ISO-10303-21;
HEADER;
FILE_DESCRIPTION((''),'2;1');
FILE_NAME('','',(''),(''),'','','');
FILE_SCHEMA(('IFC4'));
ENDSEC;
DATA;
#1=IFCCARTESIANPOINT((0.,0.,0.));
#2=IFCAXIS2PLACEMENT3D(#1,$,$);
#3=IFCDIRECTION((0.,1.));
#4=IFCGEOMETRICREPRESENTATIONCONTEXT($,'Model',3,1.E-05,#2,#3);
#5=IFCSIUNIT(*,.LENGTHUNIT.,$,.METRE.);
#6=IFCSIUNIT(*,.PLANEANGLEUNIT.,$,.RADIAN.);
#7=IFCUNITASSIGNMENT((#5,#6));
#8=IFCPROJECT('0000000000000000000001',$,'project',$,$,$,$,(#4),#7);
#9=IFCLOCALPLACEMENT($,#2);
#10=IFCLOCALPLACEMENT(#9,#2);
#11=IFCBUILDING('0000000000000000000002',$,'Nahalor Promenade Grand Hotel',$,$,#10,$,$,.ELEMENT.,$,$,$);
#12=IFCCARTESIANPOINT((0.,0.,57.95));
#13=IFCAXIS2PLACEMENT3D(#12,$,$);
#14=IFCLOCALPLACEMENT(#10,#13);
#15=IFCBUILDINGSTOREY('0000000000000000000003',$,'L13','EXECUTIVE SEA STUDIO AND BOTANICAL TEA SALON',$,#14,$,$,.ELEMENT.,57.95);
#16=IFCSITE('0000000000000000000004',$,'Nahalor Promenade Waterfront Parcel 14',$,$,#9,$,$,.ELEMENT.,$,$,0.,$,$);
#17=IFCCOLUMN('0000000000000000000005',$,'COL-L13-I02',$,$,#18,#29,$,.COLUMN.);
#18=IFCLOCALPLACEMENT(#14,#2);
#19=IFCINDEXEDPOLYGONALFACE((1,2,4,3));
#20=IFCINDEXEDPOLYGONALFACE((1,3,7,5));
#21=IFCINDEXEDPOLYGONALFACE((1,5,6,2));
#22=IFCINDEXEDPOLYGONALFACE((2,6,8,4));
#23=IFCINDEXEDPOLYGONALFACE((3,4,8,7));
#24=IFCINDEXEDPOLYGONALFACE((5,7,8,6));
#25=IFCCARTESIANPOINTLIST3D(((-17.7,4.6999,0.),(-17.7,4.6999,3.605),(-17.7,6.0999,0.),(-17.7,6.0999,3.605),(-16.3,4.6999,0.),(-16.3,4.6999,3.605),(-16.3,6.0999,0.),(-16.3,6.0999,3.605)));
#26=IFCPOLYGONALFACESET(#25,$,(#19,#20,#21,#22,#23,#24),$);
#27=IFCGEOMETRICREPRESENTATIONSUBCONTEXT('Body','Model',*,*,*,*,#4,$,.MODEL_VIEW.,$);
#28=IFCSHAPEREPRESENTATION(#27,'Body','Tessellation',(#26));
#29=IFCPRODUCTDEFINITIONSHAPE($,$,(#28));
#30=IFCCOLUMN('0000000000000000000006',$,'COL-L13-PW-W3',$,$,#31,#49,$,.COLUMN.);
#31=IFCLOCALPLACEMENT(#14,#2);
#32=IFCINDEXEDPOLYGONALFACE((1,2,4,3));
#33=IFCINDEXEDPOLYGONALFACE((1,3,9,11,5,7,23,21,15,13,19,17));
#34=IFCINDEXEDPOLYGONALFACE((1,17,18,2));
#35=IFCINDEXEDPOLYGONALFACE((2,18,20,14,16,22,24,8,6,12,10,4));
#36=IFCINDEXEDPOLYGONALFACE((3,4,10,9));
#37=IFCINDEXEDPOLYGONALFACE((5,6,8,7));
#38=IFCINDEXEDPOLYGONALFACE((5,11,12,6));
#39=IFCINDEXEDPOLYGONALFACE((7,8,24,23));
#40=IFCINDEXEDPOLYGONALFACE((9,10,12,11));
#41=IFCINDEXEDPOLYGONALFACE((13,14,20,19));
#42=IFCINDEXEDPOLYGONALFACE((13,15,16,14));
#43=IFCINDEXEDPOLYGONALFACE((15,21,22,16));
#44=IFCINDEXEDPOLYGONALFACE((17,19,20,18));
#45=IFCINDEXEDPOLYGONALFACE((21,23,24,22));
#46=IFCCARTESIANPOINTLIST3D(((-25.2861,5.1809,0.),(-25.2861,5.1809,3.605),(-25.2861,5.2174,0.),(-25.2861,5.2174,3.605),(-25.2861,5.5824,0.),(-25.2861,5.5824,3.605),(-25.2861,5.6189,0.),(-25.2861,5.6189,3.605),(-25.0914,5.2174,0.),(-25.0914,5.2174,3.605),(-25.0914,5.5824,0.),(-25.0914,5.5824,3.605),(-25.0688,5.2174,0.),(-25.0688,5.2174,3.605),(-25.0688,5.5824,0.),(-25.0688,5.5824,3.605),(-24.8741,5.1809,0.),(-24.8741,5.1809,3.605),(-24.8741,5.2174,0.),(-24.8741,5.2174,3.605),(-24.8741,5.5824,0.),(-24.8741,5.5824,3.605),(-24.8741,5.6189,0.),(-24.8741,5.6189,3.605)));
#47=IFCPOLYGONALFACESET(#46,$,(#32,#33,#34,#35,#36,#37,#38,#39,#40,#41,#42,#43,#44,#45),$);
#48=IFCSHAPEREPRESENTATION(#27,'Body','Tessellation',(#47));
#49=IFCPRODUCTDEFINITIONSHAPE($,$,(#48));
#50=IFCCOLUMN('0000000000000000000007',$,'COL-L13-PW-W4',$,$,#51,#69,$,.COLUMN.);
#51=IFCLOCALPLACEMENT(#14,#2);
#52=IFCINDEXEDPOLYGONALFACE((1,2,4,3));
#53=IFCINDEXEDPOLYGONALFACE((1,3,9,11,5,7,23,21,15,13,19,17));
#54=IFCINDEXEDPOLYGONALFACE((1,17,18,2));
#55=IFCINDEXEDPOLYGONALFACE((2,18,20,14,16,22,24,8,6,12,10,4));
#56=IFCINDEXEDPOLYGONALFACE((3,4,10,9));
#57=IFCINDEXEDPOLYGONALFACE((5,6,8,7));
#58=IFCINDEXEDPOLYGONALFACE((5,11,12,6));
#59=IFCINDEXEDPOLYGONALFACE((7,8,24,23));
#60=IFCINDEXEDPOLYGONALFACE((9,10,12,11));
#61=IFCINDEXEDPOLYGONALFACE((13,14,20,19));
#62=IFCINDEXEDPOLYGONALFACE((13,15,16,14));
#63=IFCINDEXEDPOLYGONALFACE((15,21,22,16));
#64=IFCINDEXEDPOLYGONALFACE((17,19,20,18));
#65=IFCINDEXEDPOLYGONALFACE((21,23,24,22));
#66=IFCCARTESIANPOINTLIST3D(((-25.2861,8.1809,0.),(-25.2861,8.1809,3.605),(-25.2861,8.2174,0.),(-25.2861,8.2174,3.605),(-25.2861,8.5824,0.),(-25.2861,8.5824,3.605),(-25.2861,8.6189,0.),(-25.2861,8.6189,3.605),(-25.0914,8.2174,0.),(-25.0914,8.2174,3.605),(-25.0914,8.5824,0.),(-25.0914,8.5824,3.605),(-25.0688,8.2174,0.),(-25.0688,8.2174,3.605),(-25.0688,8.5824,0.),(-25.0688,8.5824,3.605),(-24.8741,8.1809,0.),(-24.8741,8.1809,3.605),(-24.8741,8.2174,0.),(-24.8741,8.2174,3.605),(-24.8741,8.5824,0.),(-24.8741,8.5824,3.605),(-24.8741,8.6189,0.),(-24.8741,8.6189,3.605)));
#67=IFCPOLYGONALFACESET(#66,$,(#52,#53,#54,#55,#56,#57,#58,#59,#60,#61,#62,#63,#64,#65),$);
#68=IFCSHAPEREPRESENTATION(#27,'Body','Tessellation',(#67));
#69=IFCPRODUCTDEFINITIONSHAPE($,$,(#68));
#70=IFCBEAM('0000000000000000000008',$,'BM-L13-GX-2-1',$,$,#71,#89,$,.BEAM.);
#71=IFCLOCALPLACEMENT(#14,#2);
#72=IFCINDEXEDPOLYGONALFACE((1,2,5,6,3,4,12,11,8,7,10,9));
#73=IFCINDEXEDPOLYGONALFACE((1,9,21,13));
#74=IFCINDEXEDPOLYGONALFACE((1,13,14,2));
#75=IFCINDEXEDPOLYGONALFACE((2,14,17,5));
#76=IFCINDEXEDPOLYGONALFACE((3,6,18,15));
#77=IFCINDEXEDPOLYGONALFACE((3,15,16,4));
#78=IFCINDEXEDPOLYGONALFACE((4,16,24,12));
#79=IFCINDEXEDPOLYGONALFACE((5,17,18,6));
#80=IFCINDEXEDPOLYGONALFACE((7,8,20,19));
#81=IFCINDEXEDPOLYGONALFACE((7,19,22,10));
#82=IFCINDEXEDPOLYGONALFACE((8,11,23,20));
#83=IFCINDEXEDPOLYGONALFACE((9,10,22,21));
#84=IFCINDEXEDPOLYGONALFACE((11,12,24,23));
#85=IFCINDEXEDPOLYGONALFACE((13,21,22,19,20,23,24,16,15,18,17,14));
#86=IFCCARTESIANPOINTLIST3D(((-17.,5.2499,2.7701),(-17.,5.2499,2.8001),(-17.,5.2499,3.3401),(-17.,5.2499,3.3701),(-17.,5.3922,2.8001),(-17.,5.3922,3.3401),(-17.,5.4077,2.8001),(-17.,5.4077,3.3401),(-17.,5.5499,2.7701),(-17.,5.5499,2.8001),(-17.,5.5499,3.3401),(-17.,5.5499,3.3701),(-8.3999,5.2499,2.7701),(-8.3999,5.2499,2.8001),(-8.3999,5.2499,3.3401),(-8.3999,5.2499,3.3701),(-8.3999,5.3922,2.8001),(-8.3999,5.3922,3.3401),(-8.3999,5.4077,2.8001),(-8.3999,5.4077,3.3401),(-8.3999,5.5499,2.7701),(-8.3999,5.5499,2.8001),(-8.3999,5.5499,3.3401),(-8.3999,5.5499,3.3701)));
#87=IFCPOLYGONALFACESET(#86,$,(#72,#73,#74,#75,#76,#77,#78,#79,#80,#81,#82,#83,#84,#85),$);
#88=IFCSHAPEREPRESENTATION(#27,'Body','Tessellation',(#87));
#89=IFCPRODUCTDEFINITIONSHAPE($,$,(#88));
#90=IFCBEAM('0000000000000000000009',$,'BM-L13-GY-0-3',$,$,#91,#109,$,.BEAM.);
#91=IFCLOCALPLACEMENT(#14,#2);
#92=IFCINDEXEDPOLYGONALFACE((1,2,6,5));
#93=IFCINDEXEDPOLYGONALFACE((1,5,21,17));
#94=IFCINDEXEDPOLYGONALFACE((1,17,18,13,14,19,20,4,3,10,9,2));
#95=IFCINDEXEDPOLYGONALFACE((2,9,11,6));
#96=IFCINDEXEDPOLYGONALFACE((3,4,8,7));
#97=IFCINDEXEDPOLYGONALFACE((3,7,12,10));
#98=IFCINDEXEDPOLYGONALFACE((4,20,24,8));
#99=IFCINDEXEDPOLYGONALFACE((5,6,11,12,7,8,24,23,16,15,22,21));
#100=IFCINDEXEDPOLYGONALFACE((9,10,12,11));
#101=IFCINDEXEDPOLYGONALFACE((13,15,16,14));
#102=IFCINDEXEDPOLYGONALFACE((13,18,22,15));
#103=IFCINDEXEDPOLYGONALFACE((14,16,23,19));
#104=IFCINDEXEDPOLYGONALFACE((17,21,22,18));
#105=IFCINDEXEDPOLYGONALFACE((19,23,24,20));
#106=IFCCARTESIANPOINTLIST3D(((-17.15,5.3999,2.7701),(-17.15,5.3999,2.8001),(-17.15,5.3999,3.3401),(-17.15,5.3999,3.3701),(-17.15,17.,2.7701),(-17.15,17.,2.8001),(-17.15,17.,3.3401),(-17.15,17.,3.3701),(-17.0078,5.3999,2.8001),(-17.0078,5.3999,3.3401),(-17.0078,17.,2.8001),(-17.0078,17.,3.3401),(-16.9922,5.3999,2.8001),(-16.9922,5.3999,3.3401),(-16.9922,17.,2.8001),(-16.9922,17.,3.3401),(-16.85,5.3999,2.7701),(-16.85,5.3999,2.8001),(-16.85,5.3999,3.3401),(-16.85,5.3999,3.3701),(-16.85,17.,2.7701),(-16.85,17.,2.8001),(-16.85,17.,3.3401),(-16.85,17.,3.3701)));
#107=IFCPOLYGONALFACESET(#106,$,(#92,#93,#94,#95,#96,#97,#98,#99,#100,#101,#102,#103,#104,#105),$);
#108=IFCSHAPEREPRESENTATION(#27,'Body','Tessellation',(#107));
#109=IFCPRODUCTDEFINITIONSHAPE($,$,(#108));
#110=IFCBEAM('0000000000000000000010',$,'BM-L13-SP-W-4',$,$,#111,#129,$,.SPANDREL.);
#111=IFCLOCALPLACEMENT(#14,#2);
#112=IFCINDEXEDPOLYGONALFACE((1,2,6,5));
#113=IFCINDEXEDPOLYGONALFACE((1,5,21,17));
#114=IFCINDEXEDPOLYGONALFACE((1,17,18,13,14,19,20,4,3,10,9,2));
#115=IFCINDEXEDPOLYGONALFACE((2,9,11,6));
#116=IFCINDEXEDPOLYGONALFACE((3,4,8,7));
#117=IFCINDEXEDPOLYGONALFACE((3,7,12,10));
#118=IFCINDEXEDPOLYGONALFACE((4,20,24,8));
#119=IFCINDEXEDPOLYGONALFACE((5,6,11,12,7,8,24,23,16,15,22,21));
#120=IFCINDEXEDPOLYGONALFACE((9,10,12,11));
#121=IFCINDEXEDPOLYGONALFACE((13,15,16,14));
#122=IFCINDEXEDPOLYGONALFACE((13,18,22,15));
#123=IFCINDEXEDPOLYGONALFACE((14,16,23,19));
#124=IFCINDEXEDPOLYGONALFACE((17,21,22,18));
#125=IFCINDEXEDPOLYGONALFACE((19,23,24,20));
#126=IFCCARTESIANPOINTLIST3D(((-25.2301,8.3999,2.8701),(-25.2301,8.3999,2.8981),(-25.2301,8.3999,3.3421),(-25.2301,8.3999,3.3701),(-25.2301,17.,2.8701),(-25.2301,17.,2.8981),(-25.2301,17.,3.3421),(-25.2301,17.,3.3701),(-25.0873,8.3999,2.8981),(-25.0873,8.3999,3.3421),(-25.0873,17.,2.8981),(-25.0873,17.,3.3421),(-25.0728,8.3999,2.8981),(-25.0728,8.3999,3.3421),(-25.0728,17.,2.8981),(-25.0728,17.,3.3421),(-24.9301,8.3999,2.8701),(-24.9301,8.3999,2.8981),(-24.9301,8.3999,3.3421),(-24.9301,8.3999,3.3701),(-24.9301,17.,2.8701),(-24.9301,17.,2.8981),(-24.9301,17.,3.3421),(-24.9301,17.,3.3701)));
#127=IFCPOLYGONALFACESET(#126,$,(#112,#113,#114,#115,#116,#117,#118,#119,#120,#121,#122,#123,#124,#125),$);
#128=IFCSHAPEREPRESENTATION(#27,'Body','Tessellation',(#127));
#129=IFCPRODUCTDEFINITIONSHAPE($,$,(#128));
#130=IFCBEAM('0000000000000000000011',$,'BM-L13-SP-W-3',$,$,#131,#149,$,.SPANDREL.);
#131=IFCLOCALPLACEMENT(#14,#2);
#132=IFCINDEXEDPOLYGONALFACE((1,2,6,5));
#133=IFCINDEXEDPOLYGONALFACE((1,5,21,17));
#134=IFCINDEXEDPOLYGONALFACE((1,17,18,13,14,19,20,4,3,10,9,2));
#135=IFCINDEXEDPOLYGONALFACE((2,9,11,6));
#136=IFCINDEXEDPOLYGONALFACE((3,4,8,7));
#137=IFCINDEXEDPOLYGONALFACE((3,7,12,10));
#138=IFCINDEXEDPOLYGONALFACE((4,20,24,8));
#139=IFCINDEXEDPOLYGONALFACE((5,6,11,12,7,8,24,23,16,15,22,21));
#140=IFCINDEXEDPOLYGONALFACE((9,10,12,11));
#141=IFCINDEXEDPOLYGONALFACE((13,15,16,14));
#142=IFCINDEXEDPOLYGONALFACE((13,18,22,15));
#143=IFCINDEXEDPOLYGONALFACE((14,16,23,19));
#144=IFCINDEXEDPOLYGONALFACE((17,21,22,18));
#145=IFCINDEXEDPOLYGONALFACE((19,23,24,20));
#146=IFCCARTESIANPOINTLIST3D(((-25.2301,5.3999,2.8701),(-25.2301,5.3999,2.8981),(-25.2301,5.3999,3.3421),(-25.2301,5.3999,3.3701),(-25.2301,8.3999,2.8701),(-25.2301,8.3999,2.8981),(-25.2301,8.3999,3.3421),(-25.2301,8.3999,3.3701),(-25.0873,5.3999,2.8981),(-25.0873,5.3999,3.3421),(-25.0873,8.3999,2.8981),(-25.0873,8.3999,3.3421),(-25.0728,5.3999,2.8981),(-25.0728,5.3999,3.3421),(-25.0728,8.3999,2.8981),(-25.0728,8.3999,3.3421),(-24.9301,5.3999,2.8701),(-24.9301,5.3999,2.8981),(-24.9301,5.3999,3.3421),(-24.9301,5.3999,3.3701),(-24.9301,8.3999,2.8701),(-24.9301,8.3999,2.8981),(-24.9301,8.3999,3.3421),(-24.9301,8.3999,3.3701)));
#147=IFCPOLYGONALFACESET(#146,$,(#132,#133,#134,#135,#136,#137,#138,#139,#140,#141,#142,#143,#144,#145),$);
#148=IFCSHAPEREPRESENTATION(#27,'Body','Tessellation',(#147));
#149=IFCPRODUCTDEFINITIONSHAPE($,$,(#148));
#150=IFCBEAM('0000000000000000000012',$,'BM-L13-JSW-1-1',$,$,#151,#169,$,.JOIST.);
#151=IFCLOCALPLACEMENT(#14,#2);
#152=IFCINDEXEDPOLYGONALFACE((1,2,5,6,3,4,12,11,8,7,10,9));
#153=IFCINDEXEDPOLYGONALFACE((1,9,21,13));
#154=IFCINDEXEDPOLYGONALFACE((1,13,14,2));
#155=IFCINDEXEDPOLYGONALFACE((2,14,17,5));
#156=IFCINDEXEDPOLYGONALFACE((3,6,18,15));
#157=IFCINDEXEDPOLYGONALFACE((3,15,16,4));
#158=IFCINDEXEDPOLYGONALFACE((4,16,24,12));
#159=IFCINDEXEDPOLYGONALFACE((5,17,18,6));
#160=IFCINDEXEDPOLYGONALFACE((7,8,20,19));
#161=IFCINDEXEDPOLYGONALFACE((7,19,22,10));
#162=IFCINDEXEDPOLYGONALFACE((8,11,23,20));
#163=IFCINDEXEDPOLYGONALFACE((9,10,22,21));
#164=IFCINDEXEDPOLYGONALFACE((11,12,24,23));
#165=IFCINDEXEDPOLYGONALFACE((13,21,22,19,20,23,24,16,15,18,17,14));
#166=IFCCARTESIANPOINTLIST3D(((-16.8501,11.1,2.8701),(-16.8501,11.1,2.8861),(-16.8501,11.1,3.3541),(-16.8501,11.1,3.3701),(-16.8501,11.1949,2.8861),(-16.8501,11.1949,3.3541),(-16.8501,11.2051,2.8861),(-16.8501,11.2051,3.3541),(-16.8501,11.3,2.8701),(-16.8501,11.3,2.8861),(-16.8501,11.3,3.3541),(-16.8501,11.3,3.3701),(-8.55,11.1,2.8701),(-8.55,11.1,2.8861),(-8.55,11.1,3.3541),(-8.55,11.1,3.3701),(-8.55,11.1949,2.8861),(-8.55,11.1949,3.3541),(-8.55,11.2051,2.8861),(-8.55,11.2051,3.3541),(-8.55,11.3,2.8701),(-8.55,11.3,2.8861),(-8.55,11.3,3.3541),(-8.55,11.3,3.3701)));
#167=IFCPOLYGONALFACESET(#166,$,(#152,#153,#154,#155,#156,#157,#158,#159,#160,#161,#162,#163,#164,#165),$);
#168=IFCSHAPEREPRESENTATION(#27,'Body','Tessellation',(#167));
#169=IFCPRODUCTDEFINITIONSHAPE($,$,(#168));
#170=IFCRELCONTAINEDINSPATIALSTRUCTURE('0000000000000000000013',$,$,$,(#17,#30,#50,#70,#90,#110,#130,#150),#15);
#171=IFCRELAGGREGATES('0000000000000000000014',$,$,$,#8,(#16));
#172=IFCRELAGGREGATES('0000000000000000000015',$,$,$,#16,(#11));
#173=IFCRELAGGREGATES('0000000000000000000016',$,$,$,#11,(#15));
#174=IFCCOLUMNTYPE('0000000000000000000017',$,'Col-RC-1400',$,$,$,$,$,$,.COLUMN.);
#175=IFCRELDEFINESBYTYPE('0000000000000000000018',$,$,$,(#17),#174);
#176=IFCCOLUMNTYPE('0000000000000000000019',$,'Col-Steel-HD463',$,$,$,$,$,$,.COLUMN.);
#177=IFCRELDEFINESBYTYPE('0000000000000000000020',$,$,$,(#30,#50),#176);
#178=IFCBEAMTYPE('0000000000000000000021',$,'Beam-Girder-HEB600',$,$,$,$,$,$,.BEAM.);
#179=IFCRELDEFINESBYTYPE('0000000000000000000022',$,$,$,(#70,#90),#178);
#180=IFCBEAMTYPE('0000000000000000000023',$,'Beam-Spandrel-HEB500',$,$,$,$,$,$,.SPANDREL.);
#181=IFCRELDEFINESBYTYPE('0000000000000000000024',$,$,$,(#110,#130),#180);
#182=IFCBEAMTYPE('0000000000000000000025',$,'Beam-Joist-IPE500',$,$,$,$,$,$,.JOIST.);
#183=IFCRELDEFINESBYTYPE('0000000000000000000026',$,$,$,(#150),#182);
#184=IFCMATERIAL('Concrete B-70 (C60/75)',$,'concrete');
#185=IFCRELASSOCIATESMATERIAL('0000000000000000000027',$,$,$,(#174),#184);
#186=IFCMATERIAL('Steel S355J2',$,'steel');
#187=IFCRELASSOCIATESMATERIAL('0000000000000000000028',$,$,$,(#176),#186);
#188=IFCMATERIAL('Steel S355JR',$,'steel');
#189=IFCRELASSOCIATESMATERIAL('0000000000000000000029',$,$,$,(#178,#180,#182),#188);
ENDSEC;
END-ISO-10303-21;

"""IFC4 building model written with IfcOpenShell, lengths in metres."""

from ifc_helpers import new_model, si_unit, direction, frame, origin, origin_2d, place, context, subcontext, project, spatial, rectangle, i_section, extrude, source, transform, mapped, material, material_profile, profile_set, type_object, element, save


model = new_model("IFC4")

# Units and contexts
model_context = context("Model", 3, precision=1e-05, world=origin(), true_north=direction((0.0, 1.0)))
body_context = subcontext(model_context, "Body", "Model", "MODEL_VIEW")
ifc_project = project(units=[si_unit("LENGTHUNIT", "METRE"), si_unit("PLANEANGLEUNIT", "RADIAN")], contexts=[model_context])

# Site, building, storey
site_placement = place(None, origin())
site = spatial("IfcSite", under=ifc_project, at=site_placement, Name="Nahalor Promenade Waterfront Parcel 14", CompositionType="ELEMENT", RefElevation=0.0)
building_placement = place(site_placement, origin())
building = spatial("IfcBuilding", under=site, at=building_placement, Name="Nahalor Promenade Grand Hotel", CompositionType="ELEMENT")
storey_placement = place(building_placement, frame((0.0, 0.0, 57.95)))
storey = spatial("IfcBuildingStorey", under=building, at=storey_placement, Name="L13", Description="EXECUTIVE SEA STUDIO AND BOTANICAL TEA SALON", CompositionType="ELEMENT", Elevation=57.95)

# Columns
ifc_material_1 = material(Name="Concrete B-70 (C60/75)", Category="concrete")
ifc_material_profile_1 = material_profile(ifc_material_1, rectangle(XDim=1.4, YDim=1.4, at=origin_2d()), Name="RC 1400x1400")
ifc_profile_set_1 = profile_set([ifc_material_profile_1], Name="Concrete B-70 (C60/75)")
column_type_1 = type_object("IfcColumnType", Name="Col-RC-1400", PredefinedType="COLUMN", material=ifc_profile_set_1)
shared_shape_1 = source(origin(), body_context, "Body", "SweptSolid", [
    extrude(rectangle(XDim=1.4, YDim=1.4, at=origin_2d()), origin(), (0.0, 0.0, 1.0), 3.605),
])
column_placement = place(storey_placement, frame((-17.0, 5.3999, 0.0), z_axis=(0.0, 0.0, 1.0), x_axis=(1.0, 0.0, 0.0)))
element("IfcColumn", 1, at=column_placement, inside=storey, type_object=column_type_1, Name="COL-L13-I02", PredefinedType="COLUMN", context=body_context, shape_type="MappedRepresentation", body=[
    mapped(shared_shape_1, transform((0.0, 0.0, 0.0), scale=1.0)),
])
ifc_material_2 = material(Name="Steel S355J2", Category="steel")
ifc_material_profile_2 = material_profile(ifc_material_2, i_section(OverallWidth=0.412, OverallDepth=0.438, WebThickness=0.0226, FlangeThickness=0.0365, at=origin_2d()), Name="HD 400x463")
ifc_profile_set_2 = profile_set([ifc_material_profile_2], Name="Steel S355J2")
column_type_2 = type_object("IfcColumnType", Name="Col-Steel-HD463", PredefinedType="COLUMN", material=ifc_profile_set_2)
shared_shape_2 = source(origin(), body_context, "Body", "SweptSolid", [
    extrude(i_section(OverallWidth=0.412, OverallDepth=0.438, WebThickness=0.0226, FlangeThickness=0.0365, at=origin_2d()), origin(), (0.0, 0.0, 1.0), 3.605),
])
for number, where, z_axis, x_axis, name in (
    (2, (-25.0801, 5.3999, 0.0), (0.0, 0.0, 1.0), (1.0, 0.0, 0.0), "COL-L13-PW-W3"),
    (3, (-25.0801, 8.3999, 0.0), (0.0, 0.0, 1.0), (1.0, 0.0, 0.0), "COL-L13-PW-W4"),
):
    element("IfcColumn", number, at=place(storey_placement, frame(where, z_axis=z_axis, x_axis=x_axis)), inside=storey, type_object=column_type_2, Name=name, PredefinedType="COLUMN", context=body_context, shape_type="MappedRepresentation", body=[
        mapped(shared_shape_2, transform((0.0, 0.0, 0.0), scale=1.0)),
    ])

# Beams
ifc_material_3 = material(Name="Steel S355JR", Category="steel")
ifc_material_profile_3 = material_profile(ifc_material_3, i_section(OverallWidth=0.3, OverallDepth=0.6, WebThickness=0.0155, FlangeThickness=0.03, at=origin_2d()), Name="HEB 600")
ifc_profile_set_3 = profile_set([ifc_material_profile_3], Name="Steel S355JR")
beam_type_1 = type_object("IfcBeamType", Name="Beam-Girder-HEB600", PredefinedType="BEAM", material=ifc_profile_set_3)
shared_shape_3 = source(origin(), body_context, "Body", "SweptSolid", [
    extrude(i_section(OverallWidth=0.3, OverallDepth=0.6, WebThickness=0.0155, FlangeThickness=0.03, at=origin_2d()), origin(), (0.0, 0.0, 1.0), 8.6001),
])
beam_1_placement = place(storey_placement, frame((-17.0, 5.3999, 3.0701), z_axis=(1.0, 0.0, 0.0), x_axis=(0.0, 1.0, 0.0)))
element("IfcBeam", 4, at=beam_1_placement, inside=storey, type_object=beam_type_1, Name="BM-L13-GX-2-1", PredefinedType="BEAM", context=body_context, shape_type="MappedRepresentation", body=[
    mapped(shared_shape_3, transform((0.0, 0.0, 0.0), scale=1.0)),
])
shared_shape_4 = source(origin(), body_context, "Body", "SweptSolid", [
    extrude(i_section(OverallWidth=0.3, OverallDepth=0.6, WebThickness=0.0155, FlangeThickness=0.03, at=origin_2d()), origin(), (0.0, 0.0, 1.0), 11.6001),
])
beam_2_placement = place(storey_placement, frame((-17.0, 5.3999, 3.0701), z_axis=(0.0, 1.0, 0.0), x_axis=(-1.0, 0.0, 0.0)))
element("IfcBeam", 5, at=beam_2_placement, inside=storey, type_object=beam_type_1, Name="BM-L13-GY-0-3", PredefinedType="BEAM", context=body_context, shape_type="MappedRepresentation", body=[
    mapped(shared_shape_4, transform((0.0, 0.0, 0.0), scale=1.0)),
])
ifc_material_profile_4 = material_profile(ifc_material_3, i_section(OverallWidth=0.3, OverallDepth=0.5, WebThickness=0.0145, FlangeThickness=0.028, at=origin_2d()), Name="HEB 500")
ifc_profile_set_4 = profile_set([ifc_material_profile_4], Name="Steel S355JR")
beam_type_2 = type_object("IfcBeamType", Name="Beam-Spandrel-HEB500", PredefinedType="SPANDREL", material=ifc_profile_set_4)
shared_shape_5 = source(origin(), body_context, "Body", "SweptSolid", [
    extrude(i_section(OverallWidth=0.3, OverallDepth=0.5, WebThickness=0.0145, FlangeThickness=0.028, at=origin_2d()), origin(), (0.0, 0.0, 1.0), 8.6001),
])
beam_3_placement = place(storey_placement, frame((-25.0801, 8.3999, 3.1201), z_axis=(0.0, 1.0, 0.0), x_axis=(-1.0, 0.0, 0.0)))
element("IfcBeam", 6, at=beam_3_placement, inside=storey, type_object=beam_type_2, Name="BM-L13-SP-W-4", PredefinedType="SPANDREL", context=body_context, shape_type="MappedRepresentation", body=[
    mapped(shared_shape_5, transform((0.0, 0.0, 0.0), scale=1.0)),
])
shared_shape_6 = source(origin(), body_context, "Body", "SweptSolid", [
    extrude(i_section(OverallWidth=0.3, OverallDepth=0.5, WebThickness=0.0145, FlangeThickness=0.028, at=origin_2d()), origin(), (0.0, 0.0, 1.0), 3.0),
])
beam_4_placement = place(storey_placement, frame((-25.0801, 5.3999, 3.1201), z_axis=(0.0, 1.0, 0.0), x_axis=(-1.0, 0.0, 0.0)))
element("IfcBeam", 7, at=beam_4_placement, inside=storey, type_object=beam_type_2, Name="BM-L13-SP-W-3", PredefinedType="SPANDREL", context=body_context, shape_type="MappedRepresentation", body=[
    mapped(shared_shape_6, transform((0.0, 0.0, 0.0), scale=1.0)),
])
ifc_material_profile_5 = material_profile(ifc_material_3, i_section(OverallWidth=0.2, OverallDepth=0.5, WebThickness=0.0102, FlangeThickness=0.016, at=origin_2d()), Name="IPE 500")
ifc_profile_set_5 = profile_set([ifc_material_profile_5], Name="Steel S355JR")
beam_type_3 = type_object("IfcBeamType", Name="Beam-Joist-IPE500", PredefinedType="JOIST", material=ifc_profile_set_5)
shared_shape_7 = source(origin(), body_context, "Body", "SweptSolid", [
    extrude(i_section(OverallWidth=0.2, OverallDepth=0.5, WebThickness=0.0102, FlangeThickness=0.016, at=origin_2d()), origin(), (0.0, 0.0, 1.0), 8.3),
])
beam_5_placement = place(storey_placement, frame((-16.8501, 11.2, 3.1201), z_axis=(1.0, 0.0, 0.0), x_axis=(0.0, 1.0, 0.0)))
element("IfcBeam", 8, at=beam_5_placement, inside=storey, type_object=beam_type_3, Name="BM-L13-JSW-1-1", PredefinedType="JOIST", context=body_context, shape_type="MappedRepresentation", body=[
    mapped(shared_shape_7, transform((0.0, 0.0, 0.0), scale=1.0)),
])

save(model, "model.ifc")
